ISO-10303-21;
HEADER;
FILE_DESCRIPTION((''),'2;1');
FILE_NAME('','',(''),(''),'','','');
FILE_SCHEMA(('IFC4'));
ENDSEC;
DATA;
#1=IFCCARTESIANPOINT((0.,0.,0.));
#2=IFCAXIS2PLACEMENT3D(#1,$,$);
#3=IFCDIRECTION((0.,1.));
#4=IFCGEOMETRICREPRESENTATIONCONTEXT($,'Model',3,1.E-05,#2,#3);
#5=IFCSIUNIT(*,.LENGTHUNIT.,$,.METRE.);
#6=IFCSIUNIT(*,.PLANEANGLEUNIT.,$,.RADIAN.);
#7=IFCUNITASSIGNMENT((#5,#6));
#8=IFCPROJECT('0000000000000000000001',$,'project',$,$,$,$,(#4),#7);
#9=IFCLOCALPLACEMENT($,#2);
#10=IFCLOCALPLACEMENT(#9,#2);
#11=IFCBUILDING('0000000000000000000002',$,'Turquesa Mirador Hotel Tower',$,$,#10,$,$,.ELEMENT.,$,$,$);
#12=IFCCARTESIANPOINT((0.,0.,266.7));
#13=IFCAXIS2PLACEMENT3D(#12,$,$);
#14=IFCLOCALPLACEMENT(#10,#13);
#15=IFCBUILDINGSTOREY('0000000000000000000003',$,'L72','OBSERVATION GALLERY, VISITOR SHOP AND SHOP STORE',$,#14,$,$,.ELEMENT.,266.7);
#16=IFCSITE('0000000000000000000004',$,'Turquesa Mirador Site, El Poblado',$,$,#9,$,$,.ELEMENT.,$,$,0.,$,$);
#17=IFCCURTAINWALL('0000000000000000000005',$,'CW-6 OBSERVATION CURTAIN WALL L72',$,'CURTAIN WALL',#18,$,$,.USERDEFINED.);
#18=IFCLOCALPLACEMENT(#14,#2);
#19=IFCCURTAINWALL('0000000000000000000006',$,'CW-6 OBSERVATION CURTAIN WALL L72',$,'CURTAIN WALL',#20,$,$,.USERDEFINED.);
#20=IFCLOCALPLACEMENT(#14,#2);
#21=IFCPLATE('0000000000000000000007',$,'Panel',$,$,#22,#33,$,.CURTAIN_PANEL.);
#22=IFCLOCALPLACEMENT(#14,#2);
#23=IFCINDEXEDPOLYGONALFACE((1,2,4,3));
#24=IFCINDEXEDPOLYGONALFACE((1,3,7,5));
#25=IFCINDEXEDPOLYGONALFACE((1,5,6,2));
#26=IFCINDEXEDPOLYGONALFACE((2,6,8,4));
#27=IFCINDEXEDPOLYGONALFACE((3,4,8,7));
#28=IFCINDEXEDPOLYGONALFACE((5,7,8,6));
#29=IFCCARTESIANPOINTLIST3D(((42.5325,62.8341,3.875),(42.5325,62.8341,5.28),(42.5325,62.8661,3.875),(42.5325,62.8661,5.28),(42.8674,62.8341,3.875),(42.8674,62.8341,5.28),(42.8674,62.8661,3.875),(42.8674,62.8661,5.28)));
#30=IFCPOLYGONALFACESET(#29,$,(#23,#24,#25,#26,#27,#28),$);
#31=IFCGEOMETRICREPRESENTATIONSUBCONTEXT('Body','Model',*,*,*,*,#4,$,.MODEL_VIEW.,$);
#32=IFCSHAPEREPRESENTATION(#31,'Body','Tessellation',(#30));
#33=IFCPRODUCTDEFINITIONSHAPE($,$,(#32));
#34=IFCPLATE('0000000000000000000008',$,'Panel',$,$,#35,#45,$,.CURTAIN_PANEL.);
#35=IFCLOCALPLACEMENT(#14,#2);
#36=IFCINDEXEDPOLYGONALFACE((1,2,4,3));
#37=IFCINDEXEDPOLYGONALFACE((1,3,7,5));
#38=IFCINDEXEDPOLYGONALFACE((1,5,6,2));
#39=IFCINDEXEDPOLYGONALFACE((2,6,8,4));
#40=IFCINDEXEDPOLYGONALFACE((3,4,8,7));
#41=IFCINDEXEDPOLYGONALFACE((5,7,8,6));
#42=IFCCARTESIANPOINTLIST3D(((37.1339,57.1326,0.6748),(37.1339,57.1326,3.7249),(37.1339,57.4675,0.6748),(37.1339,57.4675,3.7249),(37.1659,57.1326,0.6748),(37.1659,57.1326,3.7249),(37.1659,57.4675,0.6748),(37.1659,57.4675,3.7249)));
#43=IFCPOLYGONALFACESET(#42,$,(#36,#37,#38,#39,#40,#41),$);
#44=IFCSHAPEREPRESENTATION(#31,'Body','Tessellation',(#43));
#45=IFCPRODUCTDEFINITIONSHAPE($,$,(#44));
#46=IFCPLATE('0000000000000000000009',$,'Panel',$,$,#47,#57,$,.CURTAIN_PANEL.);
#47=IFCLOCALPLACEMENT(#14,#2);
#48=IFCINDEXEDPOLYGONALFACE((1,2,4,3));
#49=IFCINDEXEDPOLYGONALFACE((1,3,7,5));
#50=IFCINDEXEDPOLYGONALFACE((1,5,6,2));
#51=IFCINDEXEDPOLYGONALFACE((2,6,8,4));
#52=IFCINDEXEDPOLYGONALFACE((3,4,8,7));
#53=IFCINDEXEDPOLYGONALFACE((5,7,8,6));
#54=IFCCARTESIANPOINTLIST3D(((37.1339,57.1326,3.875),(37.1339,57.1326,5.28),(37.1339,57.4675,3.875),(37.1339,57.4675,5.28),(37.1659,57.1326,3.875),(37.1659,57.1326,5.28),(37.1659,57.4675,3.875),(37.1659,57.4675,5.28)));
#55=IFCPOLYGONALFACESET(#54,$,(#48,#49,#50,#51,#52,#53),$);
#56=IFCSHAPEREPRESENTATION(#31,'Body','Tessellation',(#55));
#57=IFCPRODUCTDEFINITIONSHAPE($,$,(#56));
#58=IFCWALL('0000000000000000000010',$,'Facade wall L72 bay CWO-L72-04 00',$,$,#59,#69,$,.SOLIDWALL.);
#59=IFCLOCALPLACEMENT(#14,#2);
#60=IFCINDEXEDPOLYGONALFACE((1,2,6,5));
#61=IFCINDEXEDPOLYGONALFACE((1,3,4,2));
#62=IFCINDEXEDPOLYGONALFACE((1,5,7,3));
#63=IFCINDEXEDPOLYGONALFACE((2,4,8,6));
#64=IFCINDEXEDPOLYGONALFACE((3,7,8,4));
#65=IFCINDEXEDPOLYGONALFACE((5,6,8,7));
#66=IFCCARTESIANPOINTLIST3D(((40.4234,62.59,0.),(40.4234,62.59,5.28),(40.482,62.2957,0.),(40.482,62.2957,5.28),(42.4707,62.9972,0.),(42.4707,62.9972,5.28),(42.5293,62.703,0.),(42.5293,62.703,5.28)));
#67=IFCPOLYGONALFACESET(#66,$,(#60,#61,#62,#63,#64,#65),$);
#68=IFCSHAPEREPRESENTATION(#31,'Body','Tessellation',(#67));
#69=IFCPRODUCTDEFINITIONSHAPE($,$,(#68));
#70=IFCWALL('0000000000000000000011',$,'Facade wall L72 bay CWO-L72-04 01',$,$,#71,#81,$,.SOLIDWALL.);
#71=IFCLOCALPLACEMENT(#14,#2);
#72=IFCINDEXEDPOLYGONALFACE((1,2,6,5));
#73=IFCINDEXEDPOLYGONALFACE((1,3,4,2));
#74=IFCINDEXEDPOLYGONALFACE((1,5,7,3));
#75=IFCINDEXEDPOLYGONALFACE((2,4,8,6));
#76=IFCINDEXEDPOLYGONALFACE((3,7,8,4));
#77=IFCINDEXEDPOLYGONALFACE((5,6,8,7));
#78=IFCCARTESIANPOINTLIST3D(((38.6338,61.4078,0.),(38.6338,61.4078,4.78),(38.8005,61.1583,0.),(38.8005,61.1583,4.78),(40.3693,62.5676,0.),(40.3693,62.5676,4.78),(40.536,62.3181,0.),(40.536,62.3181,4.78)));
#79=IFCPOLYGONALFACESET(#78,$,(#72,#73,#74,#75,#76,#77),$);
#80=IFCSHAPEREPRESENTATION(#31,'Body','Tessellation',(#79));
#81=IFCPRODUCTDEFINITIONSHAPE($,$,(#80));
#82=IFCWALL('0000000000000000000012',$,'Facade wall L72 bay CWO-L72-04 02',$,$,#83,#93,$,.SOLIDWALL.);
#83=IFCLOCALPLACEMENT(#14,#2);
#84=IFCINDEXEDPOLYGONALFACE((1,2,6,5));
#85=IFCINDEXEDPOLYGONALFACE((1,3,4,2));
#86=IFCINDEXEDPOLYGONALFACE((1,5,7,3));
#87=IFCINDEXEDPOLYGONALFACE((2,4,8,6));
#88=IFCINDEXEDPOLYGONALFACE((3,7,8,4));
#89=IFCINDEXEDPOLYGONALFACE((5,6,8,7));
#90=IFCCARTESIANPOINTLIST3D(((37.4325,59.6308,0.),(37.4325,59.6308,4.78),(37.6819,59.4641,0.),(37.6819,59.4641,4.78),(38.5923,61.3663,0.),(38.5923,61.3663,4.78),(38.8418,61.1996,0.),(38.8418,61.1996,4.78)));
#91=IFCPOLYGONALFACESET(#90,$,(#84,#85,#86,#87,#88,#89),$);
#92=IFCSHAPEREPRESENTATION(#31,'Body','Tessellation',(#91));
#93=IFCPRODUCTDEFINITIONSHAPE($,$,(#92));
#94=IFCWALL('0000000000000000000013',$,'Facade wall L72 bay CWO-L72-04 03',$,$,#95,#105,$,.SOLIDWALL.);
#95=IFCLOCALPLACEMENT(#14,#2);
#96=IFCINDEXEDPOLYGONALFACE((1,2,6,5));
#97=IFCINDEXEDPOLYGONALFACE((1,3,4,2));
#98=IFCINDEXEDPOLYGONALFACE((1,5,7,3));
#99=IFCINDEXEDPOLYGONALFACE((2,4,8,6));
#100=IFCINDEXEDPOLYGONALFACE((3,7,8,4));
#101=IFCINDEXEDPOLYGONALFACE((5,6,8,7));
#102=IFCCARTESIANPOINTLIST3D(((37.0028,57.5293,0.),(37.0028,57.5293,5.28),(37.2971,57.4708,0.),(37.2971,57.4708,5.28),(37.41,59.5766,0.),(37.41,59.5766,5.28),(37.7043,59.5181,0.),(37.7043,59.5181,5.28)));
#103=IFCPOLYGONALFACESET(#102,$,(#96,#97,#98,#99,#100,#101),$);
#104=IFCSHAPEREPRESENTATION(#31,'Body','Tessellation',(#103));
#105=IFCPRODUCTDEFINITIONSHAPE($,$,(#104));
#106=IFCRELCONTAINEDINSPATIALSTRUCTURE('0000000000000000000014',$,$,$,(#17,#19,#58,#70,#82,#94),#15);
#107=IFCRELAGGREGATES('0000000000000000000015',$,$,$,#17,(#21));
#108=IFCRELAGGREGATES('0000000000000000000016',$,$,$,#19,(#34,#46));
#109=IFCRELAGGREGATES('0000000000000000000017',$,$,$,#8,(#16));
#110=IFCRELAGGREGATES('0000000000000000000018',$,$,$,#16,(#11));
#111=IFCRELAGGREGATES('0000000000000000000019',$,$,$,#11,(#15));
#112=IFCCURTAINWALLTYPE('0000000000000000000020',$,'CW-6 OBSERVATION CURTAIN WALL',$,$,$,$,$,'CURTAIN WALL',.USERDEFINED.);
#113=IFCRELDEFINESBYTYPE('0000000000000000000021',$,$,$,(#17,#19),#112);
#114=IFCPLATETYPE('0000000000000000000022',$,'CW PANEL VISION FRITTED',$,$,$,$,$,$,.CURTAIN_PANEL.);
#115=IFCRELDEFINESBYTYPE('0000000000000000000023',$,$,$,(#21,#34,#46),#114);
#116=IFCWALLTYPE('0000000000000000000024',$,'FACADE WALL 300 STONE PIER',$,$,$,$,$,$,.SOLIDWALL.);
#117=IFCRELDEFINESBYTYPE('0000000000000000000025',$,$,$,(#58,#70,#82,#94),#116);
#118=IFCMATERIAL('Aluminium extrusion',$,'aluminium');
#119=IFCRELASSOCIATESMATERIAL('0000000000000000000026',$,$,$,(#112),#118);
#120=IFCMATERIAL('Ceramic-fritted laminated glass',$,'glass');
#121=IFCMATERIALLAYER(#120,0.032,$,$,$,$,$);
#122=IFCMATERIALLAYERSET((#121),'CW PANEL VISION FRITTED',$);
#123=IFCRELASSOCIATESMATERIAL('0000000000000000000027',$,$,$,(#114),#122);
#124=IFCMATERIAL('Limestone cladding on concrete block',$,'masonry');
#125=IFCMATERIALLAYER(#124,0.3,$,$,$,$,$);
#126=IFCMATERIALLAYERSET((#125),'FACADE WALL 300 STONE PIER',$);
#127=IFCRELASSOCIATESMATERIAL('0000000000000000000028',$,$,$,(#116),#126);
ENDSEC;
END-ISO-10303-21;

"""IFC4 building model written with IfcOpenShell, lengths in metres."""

from ifc_helpers import new_model, si_unit, direction, frame, frame_2d, origin, origin_2d, place, context, subcontext, project, spatial, rectangle, extrude, material, layer, layer_set, type_object, element, aggregate, save


model = new_model("IFC4")

# Units and contexts
model_context = context("Model", 3, precision=1e-05, world=origin(), true_north=direction((0.0, 1.0)))
body_context = subcontext(model_context, "Body", "Model", "MODEL_VIEW")
ifc_project = project(units=[si_unit("LENGTHUNIT", "METRE"), si_unit("PLANEANGLEUNIT", "RADIAN")], contexts=[model_context])

# Site, building, storey
site_placement = place(None, origin())
site = spatial("IfcSite", under=ifc_project, at=site_placement, Name="Turquesa Mirador Site, El Poblado", CompositionType="ELEMENT", RefElevation=0.0)
building_placement = place(site_placement, origin())
building = spatial("IfcBuilding", under=site, at=building_placement, Name="Turquesa Mirador Hotel Tower", CompositionType="ELEMENT")
storey_placement = place(building_placement, frame((0.0, 0.0, 266.7)))
storey = spatial("IfcBuildingStorey", under=building, at=storey_placement, Name="L72", Description="OBSERVATION GALLERY, VISITOR SHOP AND SHOP STORE", CompositionType="ELEMENT", Elevation=266.7)

# Shared definitions
ifc_material_1 = material(Name="Aluminium extrusion", Category="aluminium")
curtain_wall_type = type_object("IfcCurtainWallType", Name="CW-6 OBSERVATION CURTAIN WALL", ElementType="CURTAIN WALL", PredefinedType="USERDEFINED", material=ifc_material_1)

# Curtain walls
curtain_wall_1_placement = place(storey_placement, origin())
curtain_wall_1 = element("IfcCurtainWall", 1, at=curtain_wall_1_placement, inside=storey, type_object=curtain_wall_type, Name="CW-6 OBSERVATION CURTAIN WALL L72", ObjectType="CURTAIN WALL", PredefinedType="USERDEFINED")
curtain_wall_2_placement = place(storey_placement, origin())
curtain_wall_2 = element("IfcCurtainWall", 2, at=curtain_wall_2_placement, inside=storey, type_object=curtain_wall_type, Name="CW-6 OBSERVATION CURTAIN WALL L72", ObjectType="CURTAIN WALL", PredefinedType="USERDEFINED")

# Plates
ifc_material_2 = material(Name="Ceramic-fritted laminated glass", Category="glass")
ifc_layer_1 = layer(ifc_material_2, 0.032)
ifc_layer_set_1 = layer_set([ifc_layer_1], Name="CW PANEL VISION FRITTED")
plate_type_1 = type_object("IfcPlateType", Name="CW PANEL VISION FRITTED", PredefinedType="CURTAIN_PANEL", material=ifc_layer_set_1)
plate_1_placement = place(storey_placement, frame((42.7, 62.8501, 3.875), z_axis=(0.0, 0.0, 1.0), x_axis=(-1.0, 0.0, 0.0)))
plate_1 = element("IfcPlate", 3, at=plate_1_placement, type_object=plate_type_1, Name="Panel", PredefinedType="CURTAIN_PANEL", context=body_context, shape_type="SweptSolid", body=[
    extrude(rectangle(XDim=0.335, YDim=0.032, at=origin_2d()), origin(), (0.0, 0.0, 1.0), 1.405),
])
aggregate(curtain_wall_1, [plate_1])
plate_2_placement = place(storey_placement, frame((37.1499, 57.3, 0.6748), z_axis=(0.0, 0.0, 1.0), x_axis=(0.0, -1.0, 0.0)))
plate_2 = element("IfcPlate", 4, at=plate_2_placement, type_object=plate_type_1, Name="Panel", PredefinedType="CURTAIN_PANEL", context=body_context, shape_type="SweptSolid", body=[
    extrude(rectangle(XDim=0.335, YDim=0.032, at=origin_2d()), origin(), (0.0, 0.0, 1.0), 3.05),
])
plate_3_placement = place(storey_placement, frame((37.1499, 57.3, 3.875), z_axis=(0.0, 0.0, 1.0), x_axis=(0.0, -1.0, 0.0)))
plate_3 = element("IfcPlate", 5, at=plate_3_placement, type_object=plate_type_1, Name="Panel", PredefinedType="CURTAIN_PANEL", context=body_context, shape_type="SweptSolid", body=[
    extrude(rectangle(XDim=0.335, YDim=0.032, at=origin_2d()), origin(), (0.0, 0.0, 1.0), 1.405),
])
aggregate(curtain_wall_2, [plate_2, plate_3])

# Walls
ifc_material_3 = material(Name="Limestone cladding on concrete block", Category="masonry")
ifc_layer_2 = layer(ifc_material_3, 0.3)
ifc_layer_set_2 = layer_set([ifc_layer_2], Name="FACADE WALL 300 STONE PIER")
wall_type = type_object("IfcWallType", Name="FACADE WALL 300 STONE PIER", PredefinedType="SOLIDWALL", material=ifc_layer_set_2)
wall_1_placement = place(storey_placement, frame((42.5, 62.8501, 0.0), z_axis=(0.0, 0.0, 1.0), x_axis=(-0.980787, -0.195081, 0.0)))
element("IfcWall", 6, at=wall_1_placement, inside=storey, type_object=wall_type, Name="Facade wall L72 bay CWO-L72-04 00", PredefinedType="SOLIDWALL", context=body_context, shape_type="SweptSolid", body=[
    extrude(rectangle(XDim=2.0874, YDim=0.3, at=frame_2d((1.0437, 0.0))), origin(), (0.0, 0.0, 1.0), 5.28),
])
for number, where, z_axis, x_axis, name in (
    (7, (40.4526, 62.4429, 0.0), (0.0, 0.0, 1.0), (-0.83142, -0.555644, 0.0), "Facade wall L72 bay CWO-L72-04 01"),
    (8, (38.717, 61.283, 0.0), (0.0, 0.0, 1.0), (-0.555644, -0.83142, 0.0), "Facade wall L72 bay CWO-L72-04 02"),
):
    element("IfcWall", number, at=place(storey_placement, frame(where, z_axis=z_axis, x_axis=x_axis)), inside=storey, type_object=wall_type, Name=name, PredefinedType="SOLIDWALL", context=body_context, shape_type="SweptSolid", body=[
        extrude(rectangle(XDim=2.0874, YDim=0.3, at=frame_2d((1.0437, 0.0))), origin(), (0.0, 0.0, 1.0), 4.78),
    ])
wall_2_placement = place(storey_placement, frame((37.5571, 59.5474, 0.0), z_axis=(0.0, 0.0, 1.0), x_axis=(-0.195081, -0.980787, 0.0)))
element("IfcWall", 9, at=wall_2_placement, inside=storey, type_object=wall_type, Name="Facade wall L72 bay CWO-L72-04 03", PredefinedType="SOLIDWALL", context=body_context, shape_type="SweptSolid", body=[
    extrude(rectangle(XDim=2.0874, YDim=0.3, at=frame_2d((1.0437, 0.0))), origin(), (0.0, 0.0, 1.0), 5.28),
])

save(model, "model.ifc")
